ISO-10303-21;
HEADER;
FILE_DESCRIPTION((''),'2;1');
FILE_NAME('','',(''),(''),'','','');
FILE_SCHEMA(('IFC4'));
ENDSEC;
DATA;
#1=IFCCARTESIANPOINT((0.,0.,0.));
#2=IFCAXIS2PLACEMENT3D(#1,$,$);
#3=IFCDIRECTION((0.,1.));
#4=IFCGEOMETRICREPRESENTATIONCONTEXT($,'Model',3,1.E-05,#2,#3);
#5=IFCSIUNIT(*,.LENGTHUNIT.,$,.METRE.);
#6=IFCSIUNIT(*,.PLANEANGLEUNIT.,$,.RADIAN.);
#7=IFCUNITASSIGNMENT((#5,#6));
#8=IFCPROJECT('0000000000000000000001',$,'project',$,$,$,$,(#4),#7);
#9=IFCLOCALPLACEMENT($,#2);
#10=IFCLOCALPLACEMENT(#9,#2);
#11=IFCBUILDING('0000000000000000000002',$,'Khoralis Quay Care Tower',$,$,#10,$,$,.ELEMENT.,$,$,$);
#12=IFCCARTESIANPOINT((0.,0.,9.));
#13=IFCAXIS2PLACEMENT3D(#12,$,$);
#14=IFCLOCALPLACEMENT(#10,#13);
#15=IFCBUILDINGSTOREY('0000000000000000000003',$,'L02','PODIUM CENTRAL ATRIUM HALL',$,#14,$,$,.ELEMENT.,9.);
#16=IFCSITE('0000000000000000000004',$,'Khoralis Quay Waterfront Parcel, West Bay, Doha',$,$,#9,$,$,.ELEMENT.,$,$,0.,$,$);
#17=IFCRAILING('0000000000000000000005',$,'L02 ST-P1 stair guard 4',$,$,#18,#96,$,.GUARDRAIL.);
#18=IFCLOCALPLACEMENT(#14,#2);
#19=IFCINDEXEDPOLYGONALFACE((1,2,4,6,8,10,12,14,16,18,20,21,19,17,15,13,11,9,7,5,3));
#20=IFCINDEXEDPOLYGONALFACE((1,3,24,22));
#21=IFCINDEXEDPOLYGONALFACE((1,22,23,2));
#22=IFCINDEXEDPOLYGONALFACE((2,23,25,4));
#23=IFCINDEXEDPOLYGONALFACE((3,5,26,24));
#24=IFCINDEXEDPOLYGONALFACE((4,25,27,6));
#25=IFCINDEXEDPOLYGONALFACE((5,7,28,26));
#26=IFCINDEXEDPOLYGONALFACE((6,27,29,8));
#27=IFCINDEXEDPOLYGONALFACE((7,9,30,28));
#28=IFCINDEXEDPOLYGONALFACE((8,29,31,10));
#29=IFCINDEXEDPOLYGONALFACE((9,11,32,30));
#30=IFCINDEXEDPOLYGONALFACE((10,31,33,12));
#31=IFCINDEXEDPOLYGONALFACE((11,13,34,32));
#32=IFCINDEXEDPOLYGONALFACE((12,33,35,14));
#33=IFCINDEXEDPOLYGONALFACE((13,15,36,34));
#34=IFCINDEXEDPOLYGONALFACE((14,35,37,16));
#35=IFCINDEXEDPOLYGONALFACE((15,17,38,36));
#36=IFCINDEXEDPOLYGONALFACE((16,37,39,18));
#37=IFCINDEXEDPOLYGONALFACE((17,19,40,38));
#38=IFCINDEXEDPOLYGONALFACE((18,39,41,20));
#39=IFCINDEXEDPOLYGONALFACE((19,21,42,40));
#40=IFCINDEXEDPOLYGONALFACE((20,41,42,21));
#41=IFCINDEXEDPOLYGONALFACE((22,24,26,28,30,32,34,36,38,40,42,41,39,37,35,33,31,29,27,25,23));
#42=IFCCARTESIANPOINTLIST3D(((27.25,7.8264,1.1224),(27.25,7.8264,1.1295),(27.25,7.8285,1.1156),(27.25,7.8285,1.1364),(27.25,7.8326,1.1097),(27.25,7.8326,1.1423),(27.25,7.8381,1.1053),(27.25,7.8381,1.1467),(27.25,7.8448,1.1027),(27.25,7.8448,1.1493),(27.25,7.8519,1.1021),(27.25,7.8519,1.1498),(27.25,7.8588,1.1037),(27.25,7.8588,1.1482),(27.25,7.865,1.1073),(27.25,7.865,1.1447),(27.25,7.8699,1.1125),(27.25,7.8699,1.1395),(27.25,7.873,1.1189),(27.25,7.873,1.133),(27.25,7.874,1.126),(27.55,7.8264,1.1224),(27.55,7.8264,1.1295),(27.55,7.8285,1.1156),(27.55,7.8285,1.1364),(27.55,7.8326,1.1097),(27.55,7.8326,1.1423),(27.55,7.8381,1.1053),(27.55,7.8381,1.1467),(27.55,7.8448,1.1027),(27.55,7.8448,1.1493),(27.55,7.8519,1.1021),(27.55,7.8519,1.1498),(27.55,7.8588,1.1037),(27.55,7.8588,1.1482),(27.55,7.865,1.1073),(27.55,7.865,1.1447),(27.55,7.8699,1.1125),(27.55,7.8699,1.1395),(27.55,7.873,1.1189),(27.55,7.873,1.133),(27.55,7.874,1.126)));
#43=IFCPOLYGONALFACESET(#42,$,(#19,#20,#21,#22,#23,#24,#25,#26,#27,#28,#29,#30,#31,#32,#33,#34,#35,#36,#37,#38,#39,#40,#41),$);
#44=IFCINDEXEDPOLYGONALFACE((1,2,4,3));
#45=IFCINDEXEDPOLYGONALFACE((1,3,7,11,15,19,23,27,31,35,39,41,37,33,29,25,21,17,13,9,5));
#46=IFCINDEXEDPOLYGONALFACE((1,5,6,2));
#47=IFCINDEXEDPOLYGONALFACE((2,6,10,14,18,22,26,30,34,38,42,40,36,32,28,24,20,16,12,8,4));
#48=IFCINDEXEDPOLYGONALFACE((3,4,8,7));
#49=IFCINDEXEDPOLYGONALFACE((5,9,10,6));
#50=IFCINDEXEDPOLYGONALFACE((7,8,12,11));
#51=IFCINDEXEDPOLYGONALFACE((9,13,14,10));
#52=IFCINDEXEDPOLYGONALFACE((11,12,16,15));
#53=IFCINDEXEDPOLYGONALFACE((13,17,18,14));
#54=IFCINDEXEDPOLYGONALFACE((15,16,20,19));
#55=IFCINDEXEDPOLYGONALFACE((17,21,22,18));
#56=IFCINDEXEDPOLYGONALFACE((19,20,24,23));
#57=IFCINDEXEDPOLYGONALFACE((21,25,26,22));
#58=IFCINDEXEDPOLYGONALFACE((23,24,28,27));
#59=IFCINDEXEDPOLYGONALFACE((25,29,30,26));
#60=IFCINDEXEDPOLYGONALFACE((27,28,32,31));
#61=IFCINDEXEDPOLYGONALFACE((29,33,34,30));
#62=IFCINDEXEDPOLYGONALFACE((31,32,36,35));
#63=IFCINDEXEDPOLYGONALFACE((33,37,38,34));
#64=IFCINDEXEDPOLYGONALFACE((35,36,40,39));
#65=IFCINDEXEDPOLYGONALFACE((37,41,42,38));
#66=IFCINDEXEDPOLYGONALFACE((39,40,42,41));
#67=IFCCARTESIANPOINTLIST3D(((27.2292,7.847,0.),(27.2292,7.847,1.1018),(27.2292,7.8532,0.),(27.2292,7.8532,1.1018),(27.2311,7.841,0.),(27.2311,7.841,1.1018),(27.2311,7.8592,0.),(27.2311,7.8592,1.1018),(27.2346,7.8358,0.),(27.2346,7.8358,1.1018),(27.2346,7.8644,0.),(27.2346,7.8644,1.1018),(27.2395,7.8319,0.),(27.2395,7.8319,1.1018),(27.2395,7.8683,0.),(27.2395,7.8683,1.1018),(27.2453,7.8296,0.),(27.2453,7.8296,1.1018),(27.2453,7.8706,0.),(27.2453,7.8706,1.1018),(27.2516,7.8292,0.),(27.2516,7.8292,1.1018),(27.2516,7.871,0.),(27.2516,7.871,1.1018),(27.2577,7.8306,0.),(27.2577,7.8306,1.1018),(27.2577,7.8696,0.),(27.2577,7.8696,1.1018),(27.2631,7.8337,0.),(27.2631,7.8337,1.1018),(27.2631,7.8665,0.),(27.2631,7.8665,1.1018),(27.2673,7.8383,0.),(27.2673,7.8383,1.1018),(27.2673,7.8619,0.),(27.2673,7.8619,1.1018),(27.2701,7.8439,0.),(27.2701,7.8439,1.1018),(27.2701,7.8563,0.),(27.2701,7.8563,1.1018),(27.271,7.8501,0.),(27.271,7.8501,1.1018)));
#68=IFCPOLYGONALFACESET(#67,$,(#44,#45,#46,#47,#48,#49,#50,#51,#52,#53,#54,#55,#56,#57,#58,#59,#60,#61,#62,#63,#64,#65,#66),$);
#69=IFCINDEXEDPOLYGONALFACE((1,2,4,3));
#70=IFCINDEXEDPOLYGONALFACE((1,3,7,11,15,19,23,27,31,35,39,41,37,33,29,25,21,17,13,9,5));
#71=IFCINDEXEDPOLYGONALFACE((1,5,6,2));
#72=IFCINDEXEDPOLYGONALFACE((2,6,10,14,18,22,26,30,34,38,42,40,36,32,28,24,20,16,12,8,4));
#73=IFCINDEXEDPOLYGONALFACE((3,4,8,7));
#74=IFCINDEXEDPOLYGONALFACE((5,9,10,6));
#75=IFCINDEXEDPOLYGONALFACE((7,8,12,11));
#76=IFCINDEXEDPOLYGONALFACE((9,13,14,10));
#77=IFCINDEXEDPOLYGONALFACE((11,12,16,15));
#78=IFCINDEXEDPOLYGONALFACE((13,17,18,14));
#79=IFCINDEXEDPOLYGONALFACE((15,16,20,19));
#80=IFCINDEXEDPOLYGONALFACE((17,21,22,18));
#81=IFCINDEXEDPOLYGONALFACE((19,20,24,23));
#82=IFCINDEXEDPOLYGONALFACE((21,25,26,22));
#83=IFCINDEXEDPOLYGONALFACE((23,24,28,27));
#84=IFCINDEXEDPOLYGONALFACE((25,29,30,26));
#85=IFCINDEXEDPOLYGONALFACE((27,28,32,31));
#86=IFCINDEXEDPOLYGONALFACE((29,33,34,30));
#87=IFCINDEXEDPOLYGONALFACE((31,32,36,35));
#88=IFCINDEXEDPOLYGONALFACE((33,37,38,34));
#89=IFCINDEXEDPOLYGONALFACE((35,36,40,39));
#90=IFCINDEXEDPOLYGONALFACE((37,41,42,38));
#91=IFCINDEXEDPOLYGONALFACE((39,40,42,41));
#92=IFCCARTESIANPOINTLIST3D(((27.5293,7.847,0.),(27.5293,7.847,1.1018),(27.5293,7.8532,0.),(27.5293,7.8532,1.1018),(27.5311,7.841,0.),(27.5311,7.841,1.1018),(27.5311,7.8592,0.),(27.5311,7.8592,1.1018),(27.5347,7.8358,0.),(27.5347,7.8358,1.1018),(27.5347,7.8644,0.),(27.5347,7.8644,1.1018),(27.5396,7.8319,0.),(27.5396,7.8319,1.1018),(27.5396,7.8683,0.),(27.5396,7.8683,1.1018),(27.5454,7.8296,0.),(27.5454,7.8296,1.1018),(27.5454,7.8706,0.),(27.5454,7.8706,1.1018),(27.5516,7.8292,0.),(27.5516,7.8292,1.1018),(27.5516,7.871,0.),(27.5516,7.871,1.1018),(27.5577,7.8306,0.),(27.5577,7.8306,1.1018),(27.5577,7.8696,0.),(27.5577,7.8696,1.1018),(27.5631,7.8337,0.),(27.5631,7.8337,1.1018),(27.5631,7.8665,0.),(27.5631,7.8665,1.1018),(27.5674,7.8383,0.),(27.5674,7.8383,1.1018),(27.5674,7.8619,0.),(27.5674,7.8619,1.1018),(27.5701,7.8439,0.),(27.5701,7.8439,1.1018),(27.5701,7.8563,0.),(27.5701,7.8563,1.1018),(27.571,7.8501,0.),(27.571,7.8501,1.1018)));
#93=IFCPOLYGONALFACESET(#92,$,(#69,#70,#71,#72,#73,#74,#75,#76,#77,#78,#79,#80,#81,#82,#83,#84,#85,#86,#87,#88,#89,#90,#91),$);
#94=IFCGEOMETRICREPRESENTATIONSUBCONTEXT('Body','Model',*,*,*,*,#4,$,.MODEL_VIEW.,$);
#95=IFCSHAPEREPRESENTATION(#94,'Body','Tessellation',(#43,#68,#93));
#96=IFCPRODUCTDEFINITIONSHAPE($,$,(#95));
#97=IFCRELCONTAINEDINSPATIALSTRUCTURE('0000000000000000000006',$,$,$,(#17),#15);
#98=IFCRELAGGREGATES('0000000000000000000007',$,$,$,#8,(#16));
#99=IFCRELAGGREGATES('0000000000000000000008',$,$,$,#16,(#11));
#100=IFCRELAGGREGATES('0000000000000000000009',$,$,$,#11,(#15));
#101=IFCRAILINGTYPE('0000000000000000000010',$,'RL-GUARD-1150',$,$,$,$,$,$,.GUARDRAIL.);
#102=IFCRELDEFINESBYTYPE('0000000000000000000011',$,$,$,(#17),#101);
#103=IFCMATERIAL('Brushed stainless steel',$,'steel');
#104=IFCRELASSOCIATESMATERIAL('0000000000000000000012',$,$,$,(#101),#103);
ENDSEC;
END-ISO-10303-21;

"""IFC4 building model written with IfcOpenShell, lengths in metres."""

from ifc_helpers import new_model, si_unit, direction, frame, origin, origin_2d, place, context, subcontext, project, spatial, circle, extrude, material, type_object, element, save


model = new_model("IFC4")

# Units and contexts
model_context = context("Model", 3, precision=1e-05, world=origin(), true_north=direction((0.0, 1.0)))
body_context = subcontext(model_context, "Body", "Model", "MODEL_VIEW")
ifc_project = project(units=[si_unit("LENGTHUNIT", "METRE"), si_unit("PLANEANGLEUNIT", "RADIAN")], contexts=[model_context])

# Site, building, storey
site_placement = place(None, origin())
site = spatial("IfcSite", under=ifc_project, at=site_placement, Name="Khoralis Quay Waterfront Parcel, West Bay, Doha", CompositionType="ELEMENT", RefElevation=0.0)
building_placement = place(site_placement, origin())
building = spatial("IfcBuilding", under=site, at=building_placement, Name="Khoralis Quay Care Tower", CompositionType="ELEMENT")
storey_placement = place(building_placement, frame((0.0, 0.0, 9.0)))
storey = spatial("IfcBuildingStorey", under=building, at=storey_placement, Name="L02", Description="PODIUM CENTRAL ATRIUM HALL", CompositionType="ELEMENT", Elevation=9.0)

# Railing
ifc_material_1 = material(Name="Brushed stainless steel", Category="steel")
railing_type_1 = type_object("IfcRailingType", Name="RL-GUARD-1150", PredefinedType="GUARDRAIL", material=ifc_material_1)
railing_1_placement = place(storey_placement, frame((27.25, 7.8501, 0.0)))
element("IfcRailing", 1, at=railing_1_placement, inside=storey, type_object=railing_type_1, Name="L02 ST-P1 stair guard 4", PredefinedType="GUARDRAIL", context=body_context, shape_type="SweptSolid", body=[
    extrude(circle(Radius=0.0239, at=origin_2d()), frame((0.0, 0.0, 1.126), z_axis=(1.0, 0.0, 0.0), x_axis=(0.0, 1.0, 0.0)), (0.0, 0.0, 1.0), 0.3),
    extrude(circle(Radius=0.021, at=origin_2d()), origin(), (0.0, 0.0, 1.0), 1.1018),
    extrude(circle(Radius=0.021, at=origin_2d()), frame((0.3, 0.0, 0.0)), (0.0, 0.0, 1.0), 1.1018),
])

save(model, "model.ifc")
